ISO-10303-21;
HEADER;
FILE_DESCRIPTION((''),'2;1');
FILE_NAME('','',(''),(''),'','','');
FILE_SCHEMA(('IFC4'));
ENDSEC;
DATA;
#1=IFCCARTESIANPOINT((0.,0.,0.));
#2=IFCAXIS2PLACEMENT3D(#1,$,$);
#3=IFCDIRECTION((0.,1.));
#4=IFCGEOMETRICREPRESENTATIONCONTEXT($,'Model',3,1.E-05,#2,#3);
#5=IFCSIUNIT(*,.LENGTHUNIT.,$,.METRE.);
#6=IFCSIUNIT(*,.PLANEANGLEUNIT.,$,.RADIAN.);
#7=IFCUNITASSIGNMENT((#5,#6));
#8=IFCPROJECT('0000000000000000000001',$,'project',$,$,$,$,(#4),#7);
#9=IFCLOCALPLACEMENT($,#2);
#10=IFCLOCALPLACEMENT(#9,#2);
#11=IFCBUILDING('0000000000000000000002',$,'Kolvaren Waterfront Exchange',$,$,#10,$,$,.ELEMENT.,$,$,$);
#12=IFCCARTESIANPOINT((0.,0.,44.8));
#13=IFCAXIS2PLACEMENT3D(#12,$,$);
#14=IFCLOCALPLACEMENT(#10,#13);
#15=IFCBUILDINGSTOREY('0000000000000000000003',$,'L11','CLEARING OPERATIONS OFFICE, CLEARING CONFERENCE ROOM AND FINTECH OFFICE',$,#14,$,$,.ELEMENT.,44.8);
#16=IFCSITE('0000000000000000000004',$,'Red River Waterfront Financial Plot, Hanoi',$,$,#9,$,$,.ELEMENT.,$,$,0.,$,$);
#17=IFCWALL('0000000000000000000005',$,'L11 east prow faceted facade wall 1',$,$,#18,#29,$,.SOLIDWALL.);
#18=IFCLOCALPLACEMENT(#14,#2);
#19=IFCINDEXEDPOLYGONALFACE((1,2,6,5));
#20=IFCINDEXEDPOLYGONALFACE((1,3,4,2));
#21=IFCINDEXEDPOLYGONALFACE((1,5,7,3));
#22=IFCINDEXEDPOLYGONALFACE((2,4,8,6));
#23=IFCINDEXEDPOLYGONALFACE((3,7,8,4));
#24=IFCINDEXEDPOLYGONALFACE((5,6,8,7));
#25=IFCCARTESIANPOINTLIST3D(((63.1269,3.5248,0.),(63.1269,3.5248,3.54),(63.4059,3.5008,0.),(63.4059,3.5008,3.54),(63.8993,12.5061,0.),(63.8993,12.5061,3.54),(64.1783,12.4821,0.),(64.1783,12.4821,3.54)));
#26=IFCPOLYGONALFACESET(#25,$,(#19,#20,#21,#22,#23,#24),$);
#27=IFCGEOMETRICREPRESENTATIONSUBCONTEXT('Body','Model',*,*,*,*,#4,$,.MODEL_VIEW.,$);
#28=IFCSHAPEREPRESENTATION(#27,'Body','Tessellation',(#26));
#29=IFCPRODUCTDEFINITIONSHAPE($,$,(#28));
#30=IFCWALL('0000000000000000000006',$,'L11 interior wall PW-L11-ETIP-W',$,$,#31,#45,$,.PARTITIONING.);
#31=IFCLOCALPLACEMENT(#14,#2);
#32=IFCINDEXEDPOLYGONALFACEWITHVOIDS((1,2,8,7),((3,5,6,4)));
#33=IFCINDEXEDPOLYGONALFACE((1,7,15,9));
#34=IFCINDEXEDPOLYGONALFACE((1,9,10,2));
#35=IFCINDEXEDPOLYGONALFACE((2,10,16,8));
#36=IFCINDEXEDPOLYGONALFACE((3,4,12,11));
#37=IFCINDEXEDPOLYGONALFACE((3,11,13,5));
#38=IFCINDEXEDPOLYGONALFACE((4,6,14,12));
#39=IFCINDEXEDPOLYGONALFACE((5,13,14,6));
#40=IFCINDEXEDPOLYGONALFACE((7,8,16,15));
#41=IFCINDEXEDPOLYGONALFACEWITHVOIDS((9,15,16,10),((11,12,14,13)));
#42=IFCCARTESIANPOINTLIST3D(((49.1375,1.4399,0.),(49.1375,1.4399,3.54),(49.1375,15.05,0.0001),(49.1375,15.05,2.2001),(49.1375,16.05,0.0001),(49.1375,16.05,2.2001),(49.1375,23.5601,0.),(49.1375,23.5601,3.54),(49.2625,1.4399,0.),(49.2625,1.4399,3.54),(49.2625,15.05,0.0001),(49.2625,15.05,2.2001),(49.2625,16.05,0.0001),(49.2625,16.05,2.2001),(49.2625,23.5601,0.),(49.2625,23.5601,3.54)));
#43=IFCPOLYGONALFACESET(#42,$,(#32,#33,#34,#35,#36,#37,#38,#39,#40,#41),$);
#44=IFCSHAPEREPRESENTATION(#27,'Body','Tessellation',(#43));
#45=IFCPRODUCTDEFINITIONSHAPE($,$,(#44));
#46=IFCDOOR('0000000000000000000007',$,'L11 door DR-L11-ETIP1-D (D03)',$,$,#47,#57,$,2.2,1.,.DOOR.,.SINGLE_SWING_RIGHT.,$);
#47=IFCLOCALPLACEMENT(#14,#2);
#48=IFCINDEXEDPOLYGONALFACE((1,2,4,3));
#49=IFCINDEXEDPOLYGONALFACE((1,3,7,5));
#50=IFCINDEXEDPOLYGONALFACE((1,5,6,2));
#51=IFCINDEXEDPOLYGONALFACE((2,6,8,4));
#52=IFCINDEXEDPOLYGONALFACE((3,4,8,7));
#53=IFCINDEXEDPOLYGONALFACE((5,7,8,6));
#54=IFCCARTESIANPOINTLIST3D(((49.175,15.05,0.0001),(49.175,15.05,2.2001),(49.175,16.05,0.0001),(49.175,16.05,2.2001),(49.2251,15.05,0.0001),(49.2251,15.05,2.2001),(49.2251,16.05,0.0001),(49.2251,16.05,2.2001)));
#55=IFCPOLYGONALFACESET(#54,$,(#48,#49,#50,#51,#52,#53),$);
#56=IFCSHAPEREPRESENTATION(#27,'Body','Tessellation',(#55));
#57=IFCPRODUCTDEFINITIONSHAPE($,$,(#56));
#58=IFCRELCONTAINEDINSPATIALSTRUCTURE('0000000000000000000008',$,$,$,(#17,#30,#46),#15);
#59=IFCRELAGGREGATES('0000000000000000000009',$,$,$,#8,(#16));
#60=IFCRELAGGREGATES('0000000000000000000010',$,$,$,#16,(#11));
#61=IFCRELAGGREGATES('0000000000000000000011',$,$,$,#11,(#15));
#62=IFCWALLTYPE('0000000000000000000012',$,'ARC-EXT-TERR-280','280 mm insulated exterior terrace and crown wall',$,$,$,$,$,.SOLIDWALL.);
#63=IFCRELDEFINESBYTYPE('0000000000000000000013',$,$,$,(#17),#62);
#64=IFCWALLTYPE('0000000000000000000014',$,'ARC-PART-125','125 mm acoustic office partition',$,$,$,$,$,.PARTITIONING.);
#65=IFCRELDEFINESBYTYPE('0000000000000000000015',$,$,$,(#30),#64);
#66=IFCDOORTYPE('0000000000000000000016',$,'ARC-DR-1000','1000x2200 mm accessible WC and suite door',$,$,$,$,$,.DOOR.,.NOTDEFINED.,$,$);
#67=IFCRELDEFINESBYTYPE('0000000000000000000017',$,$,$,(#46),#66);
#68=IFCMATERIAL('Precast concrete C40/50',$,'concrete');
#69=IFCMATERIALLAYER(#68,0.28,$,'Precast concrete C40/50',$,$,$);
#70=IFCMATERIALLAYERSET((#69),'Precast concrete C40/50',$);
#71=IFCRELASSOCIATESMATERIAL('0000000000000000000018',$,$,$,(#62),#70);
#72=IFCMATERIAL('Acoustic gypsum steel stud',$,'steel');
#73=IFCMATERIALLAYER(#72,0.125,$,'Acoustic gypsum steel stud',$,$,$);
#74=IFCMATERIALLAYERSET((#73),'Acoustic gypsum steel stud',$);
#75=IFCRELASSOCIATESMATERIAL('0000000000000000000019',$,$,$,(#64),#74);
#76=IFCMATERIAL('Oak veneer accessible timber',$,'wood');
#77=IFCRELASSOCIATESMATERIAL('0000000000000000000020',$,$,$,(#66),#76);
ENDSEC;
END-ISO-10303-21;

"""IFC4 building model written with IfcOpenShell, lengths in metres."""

from ifc_helpers import new_model, si_unit, direction, frame, frame_2d, origin, place, context, subcontext, project, spatial, rectangle, extrude, material, layer, layer_set, type_object, element, fill, save


model = new_model("IFC4")

# Units and contexts
model_context = context("Model", 3, precision=1e-05, world=origin(), true_north=direction((0.0, 1.0)))
body_context = subcontext(model_context, "Body", "Model", "MODEL_VIEW")
ifc_project = project(units=[si_unit("LENGTHUNIT", "METRE"), si_unit("PLANEANGLEUNIT", "RADIAN")], contexts=[model_context])

# Site, building, storey
site_placement = place(None, origin())
site = spatial("IfcSite", under=ifc_project, at=site_placement, Name="Red River Waterfront Financial Plot, Hanoi", CompositionType="ELEMENT", RefElevation=0.0)
building_placement = place(site_placement, origin())
building = spatial("IfcBuilding", under=site, at=building_placement, Name="Kolvaren Waterfront Exchange", CompositionType="ELEMENT")
storey_placement = place(building_placement, frame((0.0, 0.0, 44.8)))
storey = spatial("IfcBuildingStorey", under=building, at=storey_placement, Name="L11", Description="CLEARING OPERATIONS OFFICE, CLEARING CONFERENCE ROOM AND FINTECH OFFICE", CompositionType="ELEMENT", Elevation=44.8)

# Wall
ifc_material_1 = material(Name="Precast concrete C40/50", Category="concrete")
ifc_layer_1 = layer(ifc_material_1, 0.28, Name="Precast concrete C40/50")
ifc_layer_set_1 = layer_set([ifc_layer_1], Name="Precast concrete C40/50")
wall_type_1 = type_object("IfcWallType", Name="ARC-EXT-TERR-280", Description="280 mm insulated exterior terrace and crown wall", PredefinedType="SOLIDWALL", material=ifc_layer_set_1)
wall_1_placement = place(storey_placement, frame((63.2664, 3.5127, 0.0), z_axis=(0.0, 0.0, 1.0), x_axis=(0.085692, 0.996322, 0.0)))
element("IfcWall", 1, at=wall_1_placement, inside=storey, type_object=wall_type_1, Name="L11 east prow faceted facade wall 1", PredefinedType="SOLIDWALL", context=body_context, shape_type="SweptSolid", body=[
    extrude(rectangle(XDim=9.0144, YDim=0.28, at=frame_2d((4.5073, 0.0))), origin(), (0.0, 0.0, 1.0), 3.54),
])

# Wall, opening, door
ifc_material_2 = material(Name="Acoustic gypsum steel stud", Category="steel")
ifc_layer_2 = layer(ifc_material_2, 0.125, Name="Acoustic gypsum steel stud")
ifc_layer_set_2 = layer_set([ifc_layer_2], Name="Acoustic gypsum steel stud")
wall_type_2 = type_object("IfcWallType", Name="ARC-PART-125", Description="125 mm acoustic office partition", PredefinedType="PARTITIONING", material=ifc_layer_set_2)
wall_2_placement = place(storey_placement, frame((49.2, 1.4399, 0.0), z_axis=(0.0, 0.0, 1.0), x_axis=(0.0, 1.0, 0.0)))
wall_2 = element("IfcWall", 2, at=wall_2_placement, inside=storey, type_object=wall_type_2, Name="L11 interior wall PW-L11-ETIP-W", PredefinedType="PARTITIONING", context=body_context, shape_type="SweptSolid", body=[
    extrude(rectangle(XDim=22.1201, YDim=0.125, at=frame_2d((11.0601, 0.0))), origin(), (0.0, 0.0, 1.0), 3.54),
])
opening_placement = place(wall_2_placement, frame((13.6101, 0.0, 0.0)))
opening = element("IfcOpeningElement", 3, at=opening_placement, cuts=wall_2, PredefinedType="OPENING", context=body_context, shape_type="SweptSolid", body=[
    extrude(rectangle(XDim=1.0, YDim=2.2, at=frame_2d((0.5, 1.1001))), frame((0.0, 0.0725, 0.0), z_axis=(0.0, -1.0, 0.0), x_axis=(1.0, 0.0, 0.0)), (0.0, 0.0, 1.0), 0.145),
])
ifc_material_3 = material(Name="Oak veneer accessible timber", Category="wood")
door_type = type_object("IfcDoorType", Name="ARC-DR-1000", Description="1000x2200 mm accessible WC and suite door", OperationType="NOTDEFINED", PredefinedType="DOOR", material=ifc_material_3)
door_placement = place(opening_placement, origin())
door = element("IfcDoor", 4, at=door_placement, inside=storey, type_object=door_type, Name="L11 door DR-L11-ETIP1-D (D03)", OperationType="SINGLE_SWING_RIGHT", OverallHeight=2.2, OverallWidth=1.0, PredefinedType="DOOR", context=body_context, shape_type="SweptSolid", body=[
    extrude(rectangle(XDim=1.0, YDim=2.2, at=frame_2d((0.5, 1.1001))), frame((0.0, 0.0249, 0.0), z_axis=(0.0, -1.0, 0.0), x_axis=(1.0, 0.0, 0.0)), (0.0, 0.0, 1.0), 0.05),
])
fill(opening, door)

save(model, "model.ifc")
